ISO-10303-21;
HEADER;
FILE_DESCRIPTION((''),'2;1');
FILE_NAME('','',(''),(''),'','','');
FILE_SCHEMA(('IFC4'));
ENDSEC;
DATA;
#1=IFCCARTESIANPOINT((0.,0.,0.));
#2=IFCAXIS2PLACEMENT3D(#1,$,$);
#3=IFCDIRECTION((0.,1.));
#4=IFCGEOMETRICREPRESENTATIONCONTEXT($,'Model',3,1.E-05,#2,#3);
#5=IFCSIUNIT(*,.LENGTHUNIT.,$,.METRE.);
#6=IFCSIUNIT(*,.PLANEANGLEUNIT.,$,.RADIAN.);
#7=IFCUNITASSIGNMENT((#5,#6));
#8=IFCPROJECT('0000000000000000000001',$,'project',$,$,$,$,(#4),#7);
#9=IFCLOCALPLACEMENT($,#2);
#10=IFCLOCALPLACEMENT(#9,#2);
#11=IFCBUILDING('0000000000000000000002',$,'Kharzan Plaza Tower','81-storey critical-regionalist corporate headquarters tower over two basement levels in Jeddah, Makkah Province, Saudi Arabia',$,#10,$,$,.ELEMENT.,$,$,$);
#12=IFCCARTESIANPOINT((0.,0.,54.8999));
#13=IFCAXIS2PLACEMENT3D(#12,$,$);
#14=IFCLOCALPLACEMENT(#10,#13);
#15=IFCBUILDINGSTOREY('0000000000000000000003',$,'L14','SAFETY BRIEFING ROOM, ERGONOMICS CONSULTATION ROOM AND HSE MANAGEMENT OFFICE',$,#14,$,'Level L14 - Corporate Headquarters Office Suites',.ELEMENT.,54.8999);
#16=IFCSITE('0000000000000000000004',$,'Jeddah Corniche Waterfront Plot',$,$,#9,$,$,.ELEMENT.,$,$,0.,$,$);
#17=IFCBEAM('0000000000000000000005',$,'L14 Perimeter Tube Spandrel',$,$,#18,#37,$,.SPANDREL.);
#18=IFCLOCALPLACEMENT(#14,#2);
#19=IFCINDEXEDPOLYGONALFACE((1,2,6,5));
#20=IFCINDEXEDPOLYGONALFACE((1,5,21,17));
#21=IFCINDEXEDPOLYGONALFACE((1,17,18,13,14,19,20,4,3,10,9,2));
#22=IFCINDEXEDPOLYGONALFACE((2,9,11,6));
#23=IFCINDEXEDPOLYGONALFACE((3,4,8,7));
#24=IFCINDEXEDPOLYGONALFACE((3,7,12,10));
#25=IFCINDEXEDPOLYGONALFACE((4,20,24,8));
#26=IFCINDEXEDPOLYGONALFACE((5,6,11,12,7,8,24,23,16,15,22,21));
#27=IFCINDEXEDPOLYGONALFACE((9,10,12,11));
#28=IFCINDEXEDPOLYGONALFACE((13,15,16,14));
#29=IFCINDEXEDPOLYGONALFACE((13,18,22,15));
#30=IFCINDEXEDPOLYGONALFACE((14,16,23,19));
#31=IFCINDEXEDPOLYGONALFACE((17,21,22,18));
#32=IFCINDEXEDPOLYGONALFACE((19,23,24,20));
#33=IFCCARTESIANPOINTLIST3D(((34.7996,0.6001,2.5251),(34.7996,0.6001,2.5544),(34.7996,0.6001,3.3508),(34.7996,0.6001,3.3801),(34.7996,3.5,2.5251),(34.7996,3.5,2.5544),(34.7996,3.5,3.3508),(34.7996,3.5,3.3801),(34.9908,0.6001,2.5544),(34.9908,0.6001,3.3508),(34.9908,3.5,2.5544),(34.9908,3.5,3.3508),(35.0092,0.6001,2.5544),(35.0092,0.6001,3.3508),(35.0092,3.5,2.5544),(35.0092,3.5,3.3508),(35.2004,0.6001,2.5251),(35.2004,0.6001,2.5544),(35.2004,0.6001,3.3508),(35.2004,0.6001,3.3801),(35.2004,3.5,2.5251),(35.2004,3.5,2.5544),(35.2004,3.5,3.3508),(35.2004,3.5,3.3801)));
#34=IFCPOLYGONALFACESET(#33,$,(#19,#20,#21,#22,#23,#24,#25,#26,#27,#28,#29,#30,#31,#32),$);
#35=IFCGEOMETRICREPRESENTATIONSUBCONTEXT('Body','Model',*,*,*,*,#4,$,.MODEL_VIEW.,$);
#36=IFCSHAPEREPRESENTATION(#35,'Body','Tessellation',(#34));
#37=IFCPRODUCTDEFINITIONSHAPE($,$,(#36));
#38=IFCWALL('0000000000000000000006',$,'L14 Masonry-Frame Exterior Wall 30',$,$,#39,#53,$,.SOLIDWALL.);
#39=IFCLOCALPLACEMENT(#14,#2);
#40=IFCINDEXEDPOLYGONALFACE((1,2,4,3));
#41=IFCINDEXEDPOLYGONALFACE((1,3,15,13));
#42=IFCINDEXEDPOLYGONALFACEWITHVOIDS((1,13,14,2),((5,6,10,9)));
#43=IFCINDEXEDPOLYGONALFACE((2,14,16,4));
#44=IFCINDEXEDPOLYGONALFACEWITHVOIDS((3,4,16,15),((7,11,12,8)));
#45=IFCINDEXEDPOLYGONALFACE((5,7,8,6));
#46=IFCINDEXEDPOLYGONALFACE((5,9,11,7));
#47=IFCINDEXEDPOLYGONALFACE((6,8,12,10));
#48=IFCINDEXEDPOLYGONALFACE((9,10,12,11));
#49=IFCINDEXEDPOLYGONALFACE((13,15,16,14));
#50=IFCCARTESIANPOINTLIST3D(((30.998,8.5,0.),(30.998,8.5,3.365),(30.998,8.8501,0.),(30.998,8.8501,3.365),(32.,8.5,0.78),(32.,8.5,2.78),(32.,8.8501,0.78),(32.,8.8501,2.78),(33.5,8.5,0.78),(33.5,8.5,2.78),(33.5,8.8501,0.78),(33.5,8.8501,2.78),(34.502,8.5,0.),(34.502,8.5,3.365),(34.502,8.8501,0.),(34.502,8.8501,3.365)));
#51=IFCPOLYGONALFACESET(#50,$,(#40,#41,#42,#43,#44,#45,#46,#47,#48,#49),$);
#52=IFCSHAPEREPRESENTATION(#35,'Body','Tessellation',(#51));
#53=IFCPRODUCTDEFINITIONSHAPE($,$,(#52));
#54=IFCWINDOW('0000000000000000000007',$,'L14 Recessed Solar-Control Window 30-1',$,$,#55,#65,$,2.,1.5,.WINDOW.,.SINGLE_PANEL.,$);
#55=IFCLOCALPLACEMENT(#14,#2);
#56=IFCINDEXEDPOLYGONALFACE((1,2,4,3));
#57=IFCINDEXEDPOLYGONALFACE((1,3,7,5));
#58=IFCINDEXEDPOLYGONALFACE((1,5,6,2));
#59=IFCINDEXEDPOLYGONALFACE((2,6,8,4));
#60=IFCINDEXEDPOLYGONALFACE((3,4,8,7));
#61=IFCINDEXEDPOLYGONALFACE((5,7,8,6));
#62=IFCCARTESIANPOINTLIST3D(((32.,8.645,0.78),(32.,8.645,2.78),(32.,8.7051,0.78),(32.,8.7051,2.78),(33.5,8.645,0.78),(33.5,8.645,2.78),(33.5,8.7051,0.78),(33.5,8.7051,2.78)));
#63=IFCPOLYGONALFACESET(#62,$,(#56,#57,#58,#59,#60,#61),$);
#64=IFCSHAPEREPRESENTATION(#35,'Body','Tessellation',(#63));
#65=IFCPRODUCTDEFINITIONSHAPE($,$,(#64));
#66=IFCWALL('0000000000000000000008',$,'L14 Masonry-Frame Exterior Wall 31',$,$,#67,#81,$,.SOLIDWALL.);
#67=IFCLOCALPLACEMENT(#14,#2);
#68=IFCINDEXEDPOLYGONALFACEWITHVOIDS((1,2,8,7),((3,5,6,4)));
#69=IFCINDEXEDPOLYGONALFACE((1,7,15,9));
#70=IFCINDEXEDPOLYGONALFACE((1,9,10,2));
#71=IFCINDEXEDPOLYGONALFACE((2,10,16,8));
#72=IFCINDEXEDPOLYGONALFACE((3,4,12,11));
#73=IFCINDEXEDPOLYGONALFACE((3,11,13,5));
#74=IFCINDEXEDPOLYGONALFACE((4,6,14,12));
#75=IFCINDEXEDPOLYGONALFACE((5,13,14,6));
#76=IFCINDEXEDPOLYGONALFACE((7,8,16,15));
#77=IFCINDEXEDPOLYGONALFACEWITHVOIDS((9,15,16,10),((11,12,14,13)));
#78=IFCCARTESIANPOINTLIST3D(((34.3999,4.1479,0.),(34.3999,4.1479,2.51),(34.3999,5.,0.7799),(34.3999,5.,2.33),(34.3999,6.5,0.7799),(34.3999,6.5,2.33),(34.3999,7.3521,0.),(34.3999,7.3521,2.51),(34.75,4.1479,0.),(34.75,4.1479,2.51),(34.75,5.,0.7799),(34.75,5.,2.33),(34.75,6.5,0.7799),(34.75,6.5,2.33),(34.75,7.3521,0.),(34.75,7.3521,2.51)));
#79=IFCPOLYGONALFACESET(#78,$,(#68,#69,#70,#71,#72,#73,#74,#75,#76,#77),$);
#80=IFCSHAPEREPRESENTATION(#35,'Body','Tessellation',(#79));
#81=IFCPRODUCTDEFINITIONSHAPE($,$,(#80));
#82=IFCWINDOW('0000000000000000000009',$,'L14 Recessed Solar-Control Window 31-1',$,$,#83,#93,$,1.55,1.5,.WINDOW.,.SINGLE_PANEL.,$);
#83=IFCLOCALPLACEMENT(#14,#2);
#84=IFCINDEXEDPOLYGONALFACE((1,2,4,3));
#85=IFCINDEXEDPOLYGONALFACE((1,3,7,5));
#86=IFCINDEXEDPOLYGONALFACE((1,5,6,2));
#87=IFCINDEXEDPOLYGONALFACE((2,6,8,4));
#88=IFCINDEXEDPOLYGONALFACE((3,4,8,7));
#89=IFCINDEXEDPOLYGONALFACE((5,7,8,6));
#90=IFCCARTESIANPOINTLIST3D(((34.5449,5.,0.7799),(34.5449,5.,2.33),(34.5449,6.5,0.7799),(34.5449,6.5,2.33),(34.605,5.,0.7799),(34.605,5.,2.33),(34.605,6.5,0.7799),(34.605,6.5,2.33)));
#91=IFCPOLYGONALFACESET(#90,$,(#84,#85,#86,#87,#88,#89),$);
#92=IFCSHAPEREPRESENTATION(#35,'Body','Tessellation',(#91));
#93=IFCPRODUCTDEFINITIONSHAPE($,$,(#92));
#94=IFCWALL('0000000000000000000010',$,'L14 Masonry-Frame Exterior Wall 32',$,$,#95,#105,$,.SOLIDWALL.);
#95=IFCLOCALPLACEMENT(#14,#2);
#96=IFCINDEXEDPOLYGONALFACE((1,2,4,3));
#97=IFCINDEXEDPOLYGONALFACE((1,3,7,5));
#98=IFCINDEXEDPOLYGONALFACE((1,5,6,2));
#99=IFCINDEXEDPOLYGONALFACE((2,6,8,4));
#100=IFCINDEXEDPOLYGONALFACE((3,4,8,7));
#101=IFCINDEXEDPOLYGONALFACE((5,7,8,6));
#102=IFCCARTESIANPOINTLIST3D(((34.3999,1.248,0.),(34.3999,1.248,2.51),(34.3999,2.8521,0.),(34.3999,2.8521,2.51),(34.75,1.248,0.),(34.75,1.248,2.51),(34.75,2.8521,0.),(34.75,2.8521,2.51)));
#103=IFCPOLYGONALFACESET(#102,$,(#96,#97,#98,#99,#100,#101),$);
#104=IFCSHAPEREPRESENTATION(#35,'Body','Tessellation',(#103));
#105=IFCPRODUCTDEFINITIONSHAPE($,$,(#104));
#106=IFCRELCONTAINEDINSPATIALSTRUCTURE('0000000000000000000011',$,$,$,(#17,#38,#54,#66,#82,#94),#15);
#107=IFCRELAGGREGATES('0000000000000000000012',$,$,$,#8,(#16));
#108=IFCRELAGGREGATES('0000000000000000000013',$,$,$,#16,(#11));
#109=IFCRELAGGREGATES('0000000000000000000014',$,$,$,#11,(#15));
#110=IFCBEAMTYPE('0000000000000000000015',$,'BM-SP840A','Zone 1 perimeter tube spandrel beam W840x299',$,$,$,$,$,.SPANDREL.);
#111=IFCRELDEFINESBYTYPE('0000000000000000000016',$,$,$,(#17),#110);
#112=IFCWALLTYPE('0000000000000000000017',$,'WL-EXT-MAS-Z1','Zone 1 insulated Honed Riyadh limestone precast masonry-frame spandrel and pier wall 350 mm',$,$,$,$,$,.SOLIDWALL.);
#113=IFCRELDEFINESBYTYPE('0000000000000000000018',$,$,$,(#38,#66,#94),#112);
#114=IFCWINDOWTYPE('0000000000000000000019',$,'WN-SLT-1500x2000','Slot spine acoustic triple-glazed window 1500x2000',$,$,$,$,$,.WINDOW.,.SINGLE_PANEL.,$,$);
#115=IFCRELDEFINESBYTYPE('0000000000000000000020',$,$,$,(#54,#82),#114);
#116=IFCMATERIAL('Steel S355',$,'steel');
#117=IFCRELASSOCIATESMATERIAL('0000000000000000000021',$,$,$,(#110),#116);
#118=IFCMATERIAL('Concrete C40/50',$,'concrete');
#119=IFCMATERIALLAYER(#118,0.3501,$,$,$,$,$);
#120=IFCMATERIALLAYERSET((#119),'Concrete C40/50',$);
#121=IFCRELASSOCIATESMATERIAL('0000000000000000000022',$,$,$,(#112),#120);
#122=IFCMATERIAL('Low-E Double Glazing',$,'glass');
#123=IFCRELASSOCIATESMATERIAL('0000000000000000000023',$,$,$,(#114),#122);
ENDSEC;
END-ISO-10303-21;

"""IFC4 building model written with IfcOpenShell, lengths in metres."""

from ifc_helpers import new_model, si_unit, direction, frame, frame_2d, origin, origin_2d, place, context, subcontext, project, spatial, rectangle, i_section, extrude, source, transform, mapped, material, layer, layer_set, material_profile, profile_set, type_object, element, fill, save


model = new_model("IFC4")

# Units and contexts
model_context = context("Model", 3, precision=1e-05, world=origin(), true_north=direction((0.0, 1.0)))
body_context = subcontext(model_context, "Body", "Model", "MODEL_VIEW")
ifc_project = project(units=[si_unit("LENGTHUNIT", "METRE"), si_unit("PLANEANGLEUNIT", "RADIAN")], contexts=[model_context])

# Site, building, storey
site_placement = place(None, origin())
site = spatial("IfcSite", under=ifc_project, at=site_placement, Name="Jeddah Corniche Waterfront Plot", CompositionType="ELEMENT", RefElevation=0.0)
building_placement = place(site_placement, origin())
building = spatial("IfcBuilding", under=site, at=building_placement, Name="Kharzan Plaza Tower", Description="81-storey critical-regionalist corporate headquarters tower over two basement levels in Jeddah, Makkah Province, Saudi Arabia", CompositionType="ELEMENT")
storey_placement = place(building_placement, frame((0.0, 0.0, 54.8999)))
storey = spatial("IfcBuildingStorey", under=building, at=storey_placement, Name="L14", Description="SAFETY BRIEFING ROOM, ERGONOMICS CONSULTATION ROOM AND HSE MANAGEMENT OFFICE", LongName="Level L14 - Corporate Headquarters Office Suites", CompositionType="ELEMENT", Elevation=54.8999)

# Beam
ifc_material_1 = material(Name="Steel S355", Category="steel")
ifc_material_profile_1 = material_profile(ifc_material_1, i_section(OverallWidth=0.4009, OverallDepth=0.855, WebThickness=0.0183, FlangeThickness=0.0293, at=origin_2d()), Name="W840x299")
ifc_profile_set_1 = profile_set([ifc_material_profile_1], Name="Steel S355")
beam_type_1 = type_object("IfcBeamType", Name="BM-SP840A", Description="Zone 1 perimeter tube spandrel beam W840x299", PredefinedType="SPANDREL", material=ifc_profile_set_1)
shared_shape_1 = source(origin(), body_context, "Body", "SweptSolid", [
    extrude(i_section(OverallWidth=0.4009, OverallDepth=0.855, WebThickness=0.0183, FlangeThickness=0.0293, at=origin_2d()), origin(), (0.0, 0.0, 1.0), 2.8999),
])
beam_1_placement = place(storey_placement, frame((35.0, 0.6001, 2.9526), z_axis=(0.0, 1.0, 0.0), x_axis=(-1.0, 0.0, 0.0)))
element("IfcBeam", 1, at=beam_1_placement, inside=storey, type_object=beam_type_1, Name="L14 Perimeter Tube Spandrel", PredefinedType="SPANDREL", context=body_context, shape_type="MappedRepresentation", body=[
    mapped(shared_shape_1, transform((0.0, 0.0, 0.0), x_axis=(1.0, 0.0, 0.0), y_axis=(0.0, 1.0, 0.0), z_axis=(0.0, 0.0, 1.0))),
])

# Walls, openings, windows
ifc_material_2 = material(Name="Concrete C40/50", Category="concrete")
ifc_layer = layer(ifc_material_2, 0.3501)
ifc_layer_set = layer_set([ifc_layer], Name="Concrete C40/50")
wall_type = type_object("IfcWallType", Name="WL-EXT-MAS-Z1", Description="Zone 1 insulated Honed Riyadh limestone precast masonry-frame spandrel and pier wall 350 mm", PredefinedType="SOLIDWALL", material=ifc_layer_set)
wall_1_placement = place(storey_placement, frame((30.998, 8.675, 0.0), z_axis=(0.0, 0.0, 1.0), x_axis=(1.0, 0.0, 0.0)))
wall_1 = element("IfcWall", 2, at=wall_1_placement, inside=storey, type_object=wall_type, Name="L14 Masonry-Frame Exterior Wall 30", PredefinedType="SOLIDWALL", context=body_context, shape_type="SweptSolid", body=[
    extrude(rectangle(XDim=3.5039, YDim=0.3501, at=frame_2d((1.752, 0.0))), origin(), (0.0, 0.0, 1.0), 3.365),
])
opening_1_placement = place(wall_1_placement, frame((1.002, 0.0, 0.78)))
opening_1 = element("IfcOpeningElement", 3, at=opening_1_placement, cuts=wall_1, PredefinedType="OPENING", context=body_context, shape_type="SweptSolid", body=[
    extrude(rectangle(XDim=1.5, YDim=2.0, at=frame_2d((0.75, 1.0))), frame((0.0, 0.1851, 0.0), z_axis=(0.0, -1.0, 0.0), x_axis=(1.0, 0.0, 0.0)), (0.0, 0.0, 1.0), 0.3701),
])
ifc_material_3 = material(Name="Low-E Double Glazing", Category="glass")
window_type = type_object("IfcWindowType", Name="WN-SLT-1500x2000", Description="Slot spine acoustic triple-glazed window 1500x2000", PartitioningType="SINGLE_PANEL", PredefinedType="WINDOW", material=ifc_material_3)
shared_shape_2 = source(origin(), body_context, "Body", "SweptSolid", [
    extrude(rectangle(XDim=1.5, YDim=2.0, at=frame_2d((0.75, 1.0))), frame((0.0, 0.03, 0.0), z_axis=(0.0, -1.0, 0.0), x_axis=(1.0, 0.0, 0.0)), (0.0, 0.0, 1.0), 0.0601),
])
window_1_placement = place(opening_1_placement, origin())
window_1 = element("IfcWindow", 4, at=window_1_placement, inside=storey, type_object=window_type, Name="L14 Recessed Solar-Control Window 30-1", OverallHeight=2.0, OverallWidth=1.5, PartitioningType="SINGLE_PANEL", PredefinedType="WINDOW", context=body_context, shape_type="MappedRepresentation", body=[
    mapped(shared_shape_2, transform((0.0, 0.0, 0.0), x_axis=(1.0, 0.0, 0.0), y_axis=(0.0, 1.0, 0.0), z_axis=(0.0, 0.0, 1.0))),
])
fill(opening_1, window_1)
wall_2_placement = place(storey_placement, frame((34.575, 7.3521, 0.0), z_axis=(0.0, 0.0, 1.0), x_axis=(0.0, -1.0, 0.0)))
wall_2 = element("IfcWall", 5, at=wall_2_placement, inside=storey, type_object=wall_type, Name="L14 Masonry-Frame Exterior Wall 31", PredefinedType="SOLIDWALL", context=body_context, shape_type="SweptSolid", body=[
    extrude(rectangle(XDim=3.2041, YDim=0.3501, at=frame_2d((1.6021, 0.0))), origin(), (0.0, 0.0, 1.0), 2.51),
])
opening_2_placement = place(wall_2_placement, frame((0.8521, 0.0, 0.78)))
opening_2 = element("IfcOpeningElement", 6, at=opening_2_placement, cuts=wall_2, PredefinedType="OPENING", context=body_context, shape_type="SweptSolid", body=[
    extrude(rectangle(XDim=1.5, YDim=1.55, at=frame_2d((0.75, 0.7749))), frame((0.0, 0.1851, 0.0), z_axis=(0.0, -1.0, 0.0), x_axis=(1.0, 0.0, 0.0)), (0.0, 0.0, 1.0), 0.3701),
])
shared_shape_3 = source(origin(), body_context, "Body", "SweptSolid", [
    extrude(rectangle(XDim=1.5, YDim=1.55, at=frame_2d((0.75, 0.7749))), frame((0.0, 0.03, 0.0), z_axis=(0.0, -1.0, 0.0), x_axis=(1.0, 0.0, 0.0)), (0.0, 0.0, 1.0), 0.0601),
])
window_2_placement = place(opening_2_placement, origin())
window_2 = element("IfcWindow", 7, at=window_2_placement, inside=storey, type_object=window_type, Name="L14 Recessed Solar-Control Window 31-1", OverallHeight=1.55, OverallWidth=1.5, PartitioningType="SINGLE_PANEL", PredefinedType="WINDOW", context=body_context, shape_type="MappedRepresentation", body=[
    mapped(shared_shape_3, transform((0.0, 0.0, 0.0), x_axis=(1.0, 0.0, 0.0), y_axis=(0.0, 1.0, 0.0), z_axis=(0.0, 0.0, 1.0))),
])
fill(opening_2, window_2)

# Wall
shared_shape_4 = source(origin(), body_context, "Body", "SweptSolid", [
    extrude(rectangle(XDim=1.604, YDim=0.3501, at=frame_2d((0.802, 0.0))), origin(), (0.0, 0.0, 1.0), 2.51),
])
wall_3_placement = place(storey_placement, frame((34.575, 2.8521, 0.0), z_axis=(0.0, 0.0, 1.0), x_axis=(0.0, -1.0, 0.0)))
element("IfcWall", 8, at=wall_3_placement, inside=storey, type_object=wall_type, Name="L14 Masonry-Frame Exterior Wall 32", PredefinedType="SOLIDWALL", context=body_context, shape_type="MappedRepresentation", body=[
    mapped(shared_shape_4, transform((0.0, 0.0, 0.0), x_axis=(1.0, 0.0, 0.0), y_axis=(0.0, 1.0, 0.0), z_axis=(0.0, 0.0, 1.0))),
])

save(model, "model.ifc")
